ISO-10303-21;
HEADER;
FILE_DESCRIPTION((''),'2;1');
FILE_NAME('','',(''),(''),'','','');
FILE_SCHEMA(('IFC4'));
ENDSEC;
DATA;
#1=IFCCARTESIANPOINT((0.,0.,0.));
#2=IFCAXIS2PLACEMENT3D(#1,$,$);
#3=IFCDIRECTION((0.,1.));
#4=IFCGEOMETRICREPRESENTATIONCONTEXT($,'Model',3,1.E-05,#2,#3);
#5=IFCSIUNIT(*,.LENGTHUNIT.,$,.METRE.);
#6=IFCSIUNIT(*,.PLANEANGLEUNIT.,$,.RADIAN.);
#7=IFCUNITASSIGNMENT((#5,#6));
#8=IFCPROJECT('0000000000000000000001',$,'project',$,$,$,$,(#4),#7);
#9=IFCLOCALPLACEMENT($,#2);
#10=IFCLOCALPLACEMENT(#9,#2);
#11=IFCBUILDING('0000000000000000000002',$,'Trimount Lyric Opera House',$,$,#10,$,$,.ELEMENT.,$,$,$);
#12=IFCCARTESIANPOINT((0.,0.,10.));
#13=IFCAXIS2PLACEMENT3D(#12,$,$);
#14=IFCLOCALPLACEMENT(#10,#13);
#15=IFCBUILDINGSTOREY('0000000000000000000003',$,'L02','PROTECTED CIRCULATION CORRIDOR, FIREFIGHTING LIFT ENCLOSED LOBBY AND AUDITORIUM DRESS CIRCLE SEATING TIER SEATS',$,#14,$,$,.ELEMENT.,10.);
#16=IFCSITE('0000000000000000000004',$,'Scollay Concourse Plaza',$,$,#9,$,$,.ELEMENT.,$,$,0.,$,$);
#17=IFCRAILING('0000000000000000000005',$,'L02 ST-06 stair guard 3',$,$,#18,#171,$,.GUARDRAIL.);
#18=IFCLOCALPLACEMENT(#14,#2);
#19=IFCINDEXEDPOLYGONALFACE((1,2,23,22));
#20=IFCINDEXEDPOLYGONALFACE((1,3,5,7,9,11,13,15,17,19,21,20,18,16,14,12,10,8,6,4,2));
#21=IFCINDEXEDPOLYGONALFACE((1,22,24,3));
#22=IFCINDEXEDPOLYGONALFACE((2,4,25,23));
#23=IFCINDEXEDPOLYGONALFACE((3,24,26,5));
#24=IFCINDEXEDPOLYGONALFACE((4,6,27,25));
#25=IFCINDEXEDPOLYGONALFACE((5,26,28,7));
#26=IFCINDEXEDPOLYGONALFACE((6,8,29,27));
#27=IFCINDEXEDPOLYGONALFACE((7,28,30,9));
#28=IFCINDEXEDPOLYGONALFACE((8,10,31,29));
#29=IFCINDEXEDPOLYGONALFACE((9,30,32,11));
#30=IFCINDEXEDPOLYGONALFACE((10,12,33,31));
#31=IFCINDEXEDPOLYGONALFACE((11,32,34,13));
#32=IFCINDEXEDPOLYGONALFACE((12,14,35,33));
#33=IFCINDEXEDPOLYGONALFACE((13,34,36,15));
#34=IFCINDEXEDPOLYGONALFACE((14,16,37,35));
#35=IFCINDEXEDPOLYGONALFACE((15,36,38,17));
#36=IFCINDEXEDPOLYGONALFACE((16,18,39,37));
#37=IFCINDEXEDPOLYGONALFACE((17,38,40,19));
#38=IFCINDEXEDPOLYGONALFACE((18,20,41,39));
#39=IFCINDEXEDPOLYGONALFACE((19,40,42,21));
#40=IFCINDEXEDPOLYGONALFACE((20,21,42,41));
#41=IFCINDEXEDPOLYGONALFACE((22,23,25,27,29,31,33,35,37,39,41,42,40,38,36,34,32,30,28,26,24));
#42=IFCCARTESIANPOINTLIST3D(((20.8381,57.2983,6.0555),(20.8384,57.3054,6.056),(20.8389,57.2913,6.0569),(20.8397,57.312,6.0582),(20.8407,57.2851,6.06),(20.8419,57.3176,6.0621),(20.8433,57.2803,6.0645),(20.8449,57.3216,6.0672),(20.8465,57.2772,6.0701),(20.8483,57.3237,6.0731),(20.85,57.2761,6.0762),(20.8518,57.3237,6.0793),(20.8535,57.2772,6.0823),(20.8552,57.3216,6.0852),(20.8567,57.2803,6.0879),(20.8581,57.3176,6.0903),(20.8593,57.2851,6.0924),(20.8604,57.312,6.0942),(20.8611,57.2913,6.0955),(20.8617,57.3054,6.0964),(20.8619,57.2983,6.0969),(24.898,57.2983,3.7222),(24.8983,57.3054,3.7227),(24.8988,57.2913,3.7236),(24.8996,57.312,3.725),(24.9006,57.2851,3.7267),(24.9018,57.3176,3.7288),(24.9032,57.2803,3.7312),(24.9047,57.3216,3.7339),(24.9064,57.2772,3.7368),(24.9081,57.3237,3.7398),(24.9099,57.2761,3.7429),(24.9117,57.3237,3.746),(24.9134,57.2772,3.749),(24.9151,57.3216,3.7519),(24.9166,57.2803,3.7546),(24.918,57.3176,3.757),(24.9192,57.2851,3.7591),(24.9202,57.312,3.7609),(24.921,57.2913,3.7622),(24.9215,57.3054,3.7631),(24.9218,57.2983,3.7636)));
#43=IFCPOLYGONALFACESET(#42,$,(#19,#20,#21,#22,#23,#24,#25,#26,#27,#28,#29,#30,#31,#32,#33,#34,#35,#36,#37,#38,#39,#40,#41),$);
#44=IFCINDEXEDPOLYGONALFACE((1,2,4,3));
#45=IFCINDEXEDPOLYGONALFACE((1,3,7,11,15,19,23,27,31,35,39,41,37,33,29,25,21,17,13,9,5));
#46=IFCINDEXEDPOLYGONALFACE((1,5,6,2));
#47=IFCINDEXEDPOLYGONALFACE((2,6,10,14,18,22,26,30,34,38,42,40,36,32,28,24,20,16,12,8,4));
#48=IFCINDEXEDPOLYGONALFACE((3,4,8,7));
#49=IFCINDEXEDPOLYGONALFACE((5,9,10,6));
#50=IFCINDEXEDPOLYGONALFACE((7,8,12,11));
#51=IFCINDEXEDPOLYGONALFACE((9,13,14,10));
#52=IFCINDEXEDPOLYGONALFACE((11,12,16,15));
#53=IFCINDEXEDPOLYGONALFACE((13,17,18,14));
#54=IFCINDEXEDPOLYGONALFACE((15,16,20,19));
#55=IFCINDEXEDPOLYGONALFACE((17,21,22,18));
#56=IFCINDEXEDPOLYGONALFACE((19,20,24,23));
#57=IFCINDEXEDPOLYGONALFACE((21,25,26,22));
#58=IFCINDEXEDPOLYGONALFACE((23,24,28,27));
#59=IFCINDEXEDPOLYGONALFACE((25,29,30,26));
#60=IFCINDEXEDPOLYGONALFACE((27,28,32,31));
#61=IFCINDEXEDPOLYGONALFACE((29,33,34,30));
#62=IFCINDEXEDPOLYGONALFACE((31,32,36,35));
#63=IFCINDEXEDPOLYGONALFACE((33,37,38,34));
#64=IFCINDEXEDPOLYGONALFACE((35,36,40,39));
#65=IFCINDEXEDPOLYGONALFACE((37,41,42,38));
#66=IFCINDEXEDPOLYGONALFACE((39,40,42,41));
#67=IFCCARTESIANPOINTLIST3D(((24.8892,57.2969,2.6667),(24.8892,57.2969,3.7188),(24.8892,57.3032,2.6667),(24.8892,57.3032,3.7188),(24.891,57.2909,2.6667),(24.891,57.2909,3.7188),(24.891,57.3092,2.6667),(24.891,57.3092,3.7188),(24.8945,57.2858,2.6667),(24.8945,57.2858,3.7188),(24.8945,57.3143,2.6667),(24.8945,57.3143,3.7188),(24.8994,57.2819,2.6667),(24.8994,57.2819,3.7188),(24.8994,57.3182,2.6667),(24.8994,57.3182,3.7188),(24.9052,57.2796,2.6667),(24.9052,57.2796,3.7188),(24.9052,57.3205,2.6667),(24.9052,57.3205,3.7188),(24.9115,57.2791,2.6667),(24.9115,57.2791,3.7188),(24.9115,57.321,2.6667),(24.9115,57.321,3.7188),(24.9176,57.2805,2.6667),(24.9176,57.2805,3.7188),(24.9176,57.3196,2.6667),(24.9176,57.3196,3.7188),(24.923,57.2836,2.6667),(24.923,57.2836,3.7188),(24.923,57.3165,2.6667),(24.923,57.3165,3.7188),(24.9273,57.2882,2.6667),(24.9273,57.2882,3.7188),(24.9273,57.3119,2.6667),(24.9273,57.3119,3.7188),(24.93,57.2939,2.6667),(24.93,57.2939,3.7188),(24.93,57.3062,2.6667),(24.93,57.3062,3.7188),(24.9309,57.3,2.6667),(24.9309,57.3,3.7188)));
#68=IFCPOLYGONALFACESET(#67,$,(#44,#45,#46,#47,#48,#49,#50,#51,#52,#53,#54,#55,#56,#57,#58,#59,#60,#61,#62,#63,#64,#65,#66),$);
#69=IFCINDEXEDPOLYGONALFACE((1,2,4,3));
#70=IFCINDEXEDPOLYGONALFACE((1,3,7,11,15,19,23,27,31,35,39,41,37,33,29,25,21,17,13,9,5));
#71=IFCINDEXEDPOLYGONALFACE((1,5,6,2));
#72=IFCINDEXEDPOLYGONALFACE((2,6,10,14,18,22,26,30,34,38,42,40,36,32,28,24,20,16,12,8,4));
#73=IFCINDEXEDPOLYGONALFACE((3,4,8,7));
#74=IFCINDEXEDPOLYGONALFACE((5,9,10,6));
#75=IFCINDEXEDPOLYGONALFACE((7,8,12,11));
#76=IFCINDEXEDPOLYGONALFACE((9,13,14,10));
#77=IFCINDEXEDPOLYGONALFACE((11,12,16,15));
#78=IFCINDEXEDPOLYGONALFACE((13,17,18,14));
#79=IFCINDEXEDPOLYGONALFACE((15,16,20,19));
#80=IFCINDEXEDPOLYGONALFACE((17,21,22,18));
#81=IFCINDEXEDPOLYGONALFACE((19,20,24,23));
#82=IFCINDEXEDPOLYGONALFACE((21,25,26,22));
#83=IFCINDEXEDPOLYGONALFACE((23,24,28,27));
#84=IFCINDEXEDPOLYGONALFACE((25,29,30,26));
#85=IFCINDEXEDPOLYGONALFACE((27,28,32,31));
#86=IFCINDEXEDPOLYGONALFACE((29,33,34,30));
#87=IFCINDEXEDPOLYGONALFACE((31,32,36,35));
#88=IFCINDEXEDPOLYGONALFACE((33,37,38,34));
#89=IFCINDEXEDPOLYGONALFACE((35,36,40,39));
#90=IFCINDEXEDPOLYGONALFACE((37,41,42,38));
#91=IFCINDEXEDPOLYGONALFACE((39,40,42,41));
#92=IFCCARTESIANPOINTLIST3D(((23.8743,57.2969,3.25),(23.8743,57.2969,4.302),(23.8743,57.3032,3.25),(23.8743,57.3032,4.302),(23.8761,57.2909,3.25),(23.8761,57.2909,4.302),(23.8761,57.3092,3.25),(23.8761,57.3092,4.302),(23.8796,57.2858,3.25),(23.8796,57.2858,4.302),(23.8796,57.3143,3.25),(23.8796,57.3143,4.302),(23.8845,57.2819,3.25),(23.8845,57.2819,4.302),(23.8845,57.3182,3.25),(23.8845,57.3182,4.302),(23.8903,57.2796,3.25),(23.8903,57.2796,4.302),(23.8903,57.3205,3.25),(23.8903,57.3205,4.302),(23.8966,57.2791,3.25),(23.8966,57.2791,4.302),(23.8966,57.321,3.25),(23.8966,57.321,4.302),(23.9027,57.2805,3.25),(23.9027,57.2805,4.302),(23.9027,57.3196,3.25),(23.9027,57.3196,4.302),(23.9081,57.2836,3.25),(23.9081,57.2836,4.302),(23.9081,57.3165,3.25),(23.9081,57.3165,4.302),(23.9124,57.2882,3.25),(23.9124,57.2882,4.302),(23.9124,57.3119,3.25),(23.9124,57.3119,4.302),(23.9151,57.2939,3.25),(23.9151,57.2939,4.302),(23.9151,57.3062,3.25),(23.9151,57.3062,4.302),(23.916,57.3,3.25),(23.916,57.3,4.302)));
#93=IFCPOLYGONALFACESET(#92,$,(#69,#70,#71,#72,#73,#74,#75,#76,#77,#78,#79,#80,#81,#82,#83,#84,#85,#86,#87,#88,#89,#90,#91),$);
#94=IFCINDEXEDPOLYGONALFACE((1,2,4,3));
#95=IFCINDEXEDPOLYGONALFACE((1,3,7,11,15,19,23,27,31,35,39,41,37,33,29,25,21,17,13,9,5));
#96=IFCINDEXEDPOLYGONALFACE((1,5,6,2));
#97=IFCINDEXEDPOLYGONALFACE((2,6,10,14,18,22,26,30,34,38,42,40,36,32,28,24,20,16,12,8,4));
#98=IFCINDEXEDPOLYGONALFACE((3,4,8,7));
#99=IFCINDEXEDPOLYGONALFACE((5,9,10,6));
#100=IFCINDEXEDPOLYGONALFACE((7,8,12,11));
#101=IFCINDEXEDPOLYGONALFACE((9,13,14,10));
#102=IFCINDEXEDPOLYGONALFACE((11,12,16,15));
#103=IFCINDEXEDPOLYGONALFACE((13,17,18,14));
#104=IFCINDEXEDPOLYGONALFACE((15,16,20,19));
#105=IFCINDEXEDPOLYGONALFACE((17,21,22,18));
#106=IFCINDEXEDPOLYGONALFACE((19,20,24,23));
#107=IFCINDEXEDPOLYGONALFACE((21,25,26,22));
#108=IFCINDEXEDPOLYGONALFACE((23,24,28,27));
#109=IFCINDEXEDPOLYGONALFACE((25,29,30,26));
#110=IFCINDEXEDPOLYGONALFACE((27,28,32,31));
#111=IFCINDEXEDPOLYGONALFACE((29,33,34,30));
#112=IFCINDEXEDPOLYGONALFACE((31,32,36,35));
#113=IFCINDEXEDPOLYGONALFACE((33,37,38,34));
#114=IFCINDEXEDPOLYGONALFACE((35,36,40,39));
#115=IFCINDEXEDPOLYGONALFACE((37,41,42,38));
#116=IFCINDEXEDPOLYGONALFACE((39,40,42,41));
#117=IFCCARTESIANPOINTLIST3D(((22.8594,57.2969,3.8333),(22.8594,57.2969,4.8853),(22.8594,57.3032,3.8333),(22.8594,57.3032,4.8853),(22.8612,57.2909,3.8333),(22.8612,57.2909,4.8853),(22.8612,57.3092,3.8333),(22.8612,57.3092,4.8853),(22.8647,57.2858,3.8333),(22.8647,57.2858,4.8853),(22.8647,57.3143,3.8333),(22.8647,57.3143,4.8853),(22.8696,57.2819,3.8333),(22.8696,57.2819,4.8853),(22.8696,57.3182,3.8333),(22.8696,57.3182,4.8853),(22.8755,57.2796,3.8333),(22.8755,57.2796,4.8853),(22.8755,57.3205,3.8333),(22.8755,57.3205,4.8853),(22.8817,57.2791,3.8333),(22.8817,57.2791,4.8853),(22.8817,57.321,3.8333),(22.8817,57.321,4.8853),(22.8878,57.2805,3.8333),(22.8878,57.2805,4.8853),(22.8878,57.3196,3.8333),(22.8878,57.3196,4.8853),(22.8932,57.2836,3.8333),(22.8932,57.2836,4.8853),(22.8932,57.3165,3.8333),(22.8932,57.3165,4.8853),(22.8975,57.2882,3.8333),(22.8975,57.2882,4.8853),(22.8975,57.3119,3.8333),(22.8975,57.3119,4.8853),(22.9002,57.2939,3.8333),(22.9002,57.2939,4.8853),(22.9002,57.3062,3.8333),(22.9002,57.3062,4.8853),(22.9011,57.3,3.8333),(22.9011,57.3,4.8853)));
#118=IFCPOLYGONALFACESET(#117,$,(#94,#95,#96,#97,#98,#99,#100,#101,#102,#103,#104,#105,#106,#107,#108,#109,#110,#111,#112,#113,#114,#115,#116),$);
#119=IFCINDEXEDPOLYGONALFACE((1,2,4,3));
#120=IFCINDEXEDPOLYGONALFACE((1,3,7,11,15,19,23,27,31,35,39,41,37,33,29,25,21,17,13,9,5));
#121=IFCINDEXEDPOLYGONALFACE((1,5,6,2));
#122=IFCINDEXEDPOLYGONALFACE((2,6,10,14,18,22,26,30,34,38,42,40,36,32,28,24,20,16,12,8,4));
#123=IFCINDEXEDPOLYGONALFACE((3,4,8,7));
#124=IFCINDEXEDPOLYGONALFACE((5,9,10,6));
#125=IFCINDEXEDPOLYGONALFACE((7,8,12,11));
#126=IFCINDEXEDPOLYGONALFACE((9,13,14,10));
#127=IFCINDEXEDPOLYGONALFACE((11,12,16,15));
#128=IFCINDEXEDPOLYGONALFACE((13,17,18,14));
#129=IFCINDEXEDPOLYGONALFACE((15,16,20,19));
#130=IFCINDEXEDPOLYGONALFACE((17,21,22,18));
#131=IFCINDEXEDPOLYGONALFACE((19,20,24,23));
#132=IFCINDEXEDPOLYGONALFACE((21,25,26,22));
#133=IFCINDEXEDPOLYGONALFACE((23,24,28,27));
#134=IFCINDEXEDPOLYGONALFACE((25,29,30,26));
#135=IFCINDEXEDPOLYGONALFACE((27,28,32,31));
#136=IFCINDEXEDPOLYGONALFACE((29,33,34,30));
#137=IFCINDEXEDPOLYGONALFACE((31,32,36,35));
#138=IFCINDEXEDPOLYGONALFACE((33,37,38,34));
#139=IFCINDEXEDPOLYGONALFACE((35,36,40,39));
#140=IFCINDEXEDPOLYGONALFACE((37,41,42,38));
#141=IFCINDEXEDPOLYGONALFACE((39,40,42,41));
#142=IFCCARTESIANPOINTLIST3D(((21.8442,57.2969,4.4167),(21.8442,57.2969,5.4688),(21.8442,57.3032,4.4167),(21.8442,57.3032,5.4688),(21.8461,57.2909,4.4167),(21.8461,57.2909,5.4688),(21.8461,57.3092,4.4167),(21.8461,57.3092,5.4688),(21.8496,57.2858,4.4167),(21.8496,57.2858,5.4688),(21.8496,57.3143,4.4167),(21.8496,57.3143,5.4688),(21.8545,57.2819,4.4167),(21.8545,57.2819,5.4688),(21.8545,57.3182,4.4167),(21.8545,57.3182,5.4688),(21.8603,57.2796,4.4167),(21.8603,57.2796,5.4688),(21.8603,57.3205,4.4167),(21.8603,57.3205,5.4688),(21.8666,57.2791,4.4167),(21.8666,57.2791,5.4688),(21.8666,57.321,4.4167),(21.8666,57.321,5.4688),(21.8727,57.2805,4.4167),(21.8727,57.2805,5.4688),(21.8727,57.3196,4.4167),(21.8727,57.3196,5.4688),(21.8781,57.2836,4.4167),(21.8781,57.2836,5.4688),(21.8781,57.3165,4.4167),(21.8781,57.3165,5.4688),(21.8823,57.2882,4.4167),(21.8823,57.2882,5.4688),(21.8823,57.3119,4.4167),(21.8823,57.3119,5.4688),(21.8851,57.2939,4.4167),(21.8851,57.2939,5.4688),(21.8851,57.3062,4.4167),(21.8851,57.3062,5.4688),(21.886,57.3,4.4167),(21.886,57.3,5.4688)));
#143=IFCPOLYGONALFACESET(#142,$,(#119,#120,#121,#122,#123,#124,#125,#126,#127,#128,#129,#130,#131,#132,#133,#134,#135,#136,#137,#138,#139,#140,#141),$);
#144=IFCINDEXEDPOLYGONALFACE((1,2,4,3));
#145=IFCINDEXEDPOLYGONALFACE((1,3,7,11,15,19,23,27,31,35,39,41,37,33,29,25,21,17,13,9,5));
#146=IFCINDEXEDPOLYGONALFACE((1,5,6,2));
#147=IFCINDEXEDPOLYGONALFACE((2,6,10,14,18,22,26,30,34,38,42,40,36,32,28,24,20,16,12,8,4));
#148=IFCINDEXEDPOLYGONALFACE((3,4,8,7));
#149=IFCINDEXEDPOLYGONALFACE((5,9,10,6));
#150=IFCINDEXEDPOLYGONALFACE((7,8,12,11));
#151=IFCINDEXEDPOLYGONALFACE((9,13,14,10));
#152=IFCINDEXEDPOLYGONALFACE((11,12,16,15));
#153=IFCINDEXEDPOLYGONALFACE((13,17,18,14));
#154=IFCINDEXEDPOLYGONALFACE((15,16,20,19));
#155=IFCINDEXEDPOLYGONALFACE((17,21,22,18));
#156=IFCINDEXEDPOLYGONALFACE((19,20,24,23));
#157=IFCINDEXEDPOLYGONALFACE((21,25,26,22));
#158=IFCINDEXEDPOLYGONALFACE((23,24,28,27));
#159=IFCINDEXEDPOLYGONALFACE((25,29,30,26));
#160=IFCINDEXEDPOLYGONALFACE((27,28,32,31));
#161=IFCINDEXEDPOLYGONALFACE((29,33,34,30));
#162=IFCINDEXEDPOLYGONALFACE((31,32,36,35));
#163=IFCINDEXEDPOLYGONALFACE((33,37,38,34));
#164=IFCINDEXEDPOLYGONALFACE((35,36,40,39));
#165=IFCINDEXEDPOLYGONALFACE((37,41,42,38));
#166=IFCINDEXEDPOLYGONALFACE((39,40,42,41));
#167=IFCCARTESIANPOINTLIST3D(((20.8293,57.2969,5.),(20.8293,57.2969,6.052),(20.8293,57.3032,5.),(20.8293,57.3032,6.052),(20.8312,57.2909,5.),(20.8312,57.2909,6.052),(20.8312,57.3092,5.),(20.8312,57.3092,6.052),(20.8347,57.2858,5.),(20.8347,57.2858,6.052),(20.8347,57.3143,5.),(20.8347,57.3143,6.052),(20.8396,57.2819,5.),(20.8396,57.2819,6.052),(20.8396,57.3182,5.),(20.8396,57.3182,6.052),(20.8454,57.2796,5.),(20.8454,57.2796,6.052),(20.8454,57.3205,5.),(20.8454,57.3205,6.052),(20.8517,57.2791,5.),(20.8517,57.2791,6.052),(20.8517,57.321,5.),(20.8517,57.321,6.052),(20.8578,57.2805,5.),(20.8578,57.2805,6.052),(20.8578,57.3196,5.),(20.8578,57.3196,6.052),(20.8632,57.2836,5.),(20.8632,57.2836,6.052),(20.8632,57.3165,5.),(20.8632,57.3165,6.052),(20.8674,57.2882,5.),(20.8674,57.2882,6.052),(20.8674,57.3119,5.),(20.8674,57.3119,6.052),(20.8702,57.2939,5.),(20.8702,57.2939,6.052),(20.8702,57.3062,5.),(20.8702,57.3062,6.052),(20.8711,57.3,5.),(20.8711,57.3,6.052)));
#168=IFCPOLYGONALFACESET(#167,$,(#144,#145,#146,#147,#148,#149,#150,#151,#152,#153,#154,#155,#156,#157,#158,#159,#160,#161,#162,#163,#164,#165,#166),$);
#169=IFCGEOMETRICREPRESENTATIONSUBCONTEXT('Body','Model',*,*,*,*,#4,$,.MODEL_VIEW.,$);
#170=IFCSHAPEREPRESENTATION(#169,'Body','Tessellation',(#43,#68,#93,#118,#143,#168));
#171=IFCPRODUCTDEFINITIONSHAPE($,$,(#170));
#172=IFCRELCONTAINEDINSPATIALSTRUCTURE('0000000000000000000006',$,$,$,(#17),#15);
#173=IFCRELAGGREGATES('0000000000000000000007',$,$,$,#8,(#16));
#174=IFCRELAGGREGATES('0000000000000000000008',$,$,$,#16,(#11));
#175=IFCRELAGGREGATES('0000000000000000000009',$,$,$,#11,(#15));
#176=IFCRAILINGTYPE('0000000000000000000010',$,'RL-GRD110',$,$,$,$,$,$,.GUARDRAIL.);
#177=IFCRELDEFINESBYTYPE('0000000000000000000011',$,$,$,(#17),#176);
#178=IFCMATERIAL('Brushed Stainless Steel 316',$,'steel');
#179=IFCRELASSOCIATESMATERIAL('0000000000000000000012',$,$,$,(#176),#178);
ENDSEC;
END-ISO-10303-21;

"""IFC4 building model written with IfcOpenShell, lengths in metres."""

from ifc_helpers import new_model, si_unit, direction, frame, origin, origin_2d, place, context, subcontext, project, spatial, circle, extrude, material, type_object, element, save


model = new_model("IFC4")

# Units and contexts
model_context = context("Model", 3, precision=1e-05, world=origin(), true_north=direction((0.0, 1.0)))
body_context = subcontext(model_context, "Body", "Model", "MODEL_VIEW")
ifc_project = project(units=[si_unit("LENGTHUNIT", "METRE"), si_unit("PLANEANGLEUNIT", "RADIAN")], contexts=[model_context])

# Site, building, storey
site_placement = place(None, origin())
site = spatial("IfcSite", under=ifc_project, at=site_placement, Name="Scollay Concourse Plaza", CompositionType="ELEMENT", RefElevation=0.0)
building_placement = place(site_placement, origin())
building = spatial("IfcBuilding", under=site, at=building_placement, Name="Trimount Lyric Opera House", CompositionType="ELEMENT")
storey_placement = place(building_placement, frame((0.0, 0.0, 10.0)))
storey = spatial("IfcBuildingStorey", under=building, at=storey_placement, Name="L02", Description="PROTECTED CIRCULATION CORRIDOR, FIREFIGHTING LIFT ENCLOSED LOBBY AND AUDITORIUM DRESS CIRCLE SEATING TIER SEATS", CompositionType="ELEMENT", Elevation=10.0)

# Railing
ifc_material_1 = material(Name="Brushed Stainless Steel 316", Category="steel")
railing_type_1 = type_object("IfcRailingType", Name="RL-GRD110", PredefinedType="GUARDRAIL", material=ifc_material_1)
railing_1_placement = place(storey_placement, frame((24.9099, 57.3, 2.6667)))
element("IfcRailing", 1, at=railing_1_placement, inside=storey, type_object=railing_type_1, Name="L02 ST-06 stair guard 3", PredefinedType="GUARDRAIL", context=body_context, shape_type="SweptSolid", body=[
    extrude(circle(Radius=0.0239, at=origin_2d()), frame((0.0, 0.0, 1.0762), z_axis=(-0.867012, 0.0, 0.498288), x_axis=(0.0, -1.0, 0.0)), (0.0, 0.0, 1.0), 4.6826),
    extrude(circle(Radius=0.021, at=origin_2d()), origin(), (0.0, 0.0, 1.0), 1.052),
    extrude(circle(Radius=0.021, at=origin_2d()), frame((-1.0149, 0.0, 0.5833)), (0.0, 0.0, 1.0), 1.052),
    extrude(circle(Radius=0.021, at=origin_2d()), frame((-2.0298, 0.0, 1.1665)), (0.0, 0.0, 1.0), 1.052),
    extrude(circle(Radius=0.021, at=origin_2d()), frame((-3.0449, 0.0, 1.75)), (0.0, 0.0, 1.0), 1.052),
    extrude(circle(Radius=0.021, at=origin_2d()), frame((-4.0598, 0.0, 2.3333)), (0.0, 0.0, 1.0), 1.052),
])

save(model, "model.ifc")
